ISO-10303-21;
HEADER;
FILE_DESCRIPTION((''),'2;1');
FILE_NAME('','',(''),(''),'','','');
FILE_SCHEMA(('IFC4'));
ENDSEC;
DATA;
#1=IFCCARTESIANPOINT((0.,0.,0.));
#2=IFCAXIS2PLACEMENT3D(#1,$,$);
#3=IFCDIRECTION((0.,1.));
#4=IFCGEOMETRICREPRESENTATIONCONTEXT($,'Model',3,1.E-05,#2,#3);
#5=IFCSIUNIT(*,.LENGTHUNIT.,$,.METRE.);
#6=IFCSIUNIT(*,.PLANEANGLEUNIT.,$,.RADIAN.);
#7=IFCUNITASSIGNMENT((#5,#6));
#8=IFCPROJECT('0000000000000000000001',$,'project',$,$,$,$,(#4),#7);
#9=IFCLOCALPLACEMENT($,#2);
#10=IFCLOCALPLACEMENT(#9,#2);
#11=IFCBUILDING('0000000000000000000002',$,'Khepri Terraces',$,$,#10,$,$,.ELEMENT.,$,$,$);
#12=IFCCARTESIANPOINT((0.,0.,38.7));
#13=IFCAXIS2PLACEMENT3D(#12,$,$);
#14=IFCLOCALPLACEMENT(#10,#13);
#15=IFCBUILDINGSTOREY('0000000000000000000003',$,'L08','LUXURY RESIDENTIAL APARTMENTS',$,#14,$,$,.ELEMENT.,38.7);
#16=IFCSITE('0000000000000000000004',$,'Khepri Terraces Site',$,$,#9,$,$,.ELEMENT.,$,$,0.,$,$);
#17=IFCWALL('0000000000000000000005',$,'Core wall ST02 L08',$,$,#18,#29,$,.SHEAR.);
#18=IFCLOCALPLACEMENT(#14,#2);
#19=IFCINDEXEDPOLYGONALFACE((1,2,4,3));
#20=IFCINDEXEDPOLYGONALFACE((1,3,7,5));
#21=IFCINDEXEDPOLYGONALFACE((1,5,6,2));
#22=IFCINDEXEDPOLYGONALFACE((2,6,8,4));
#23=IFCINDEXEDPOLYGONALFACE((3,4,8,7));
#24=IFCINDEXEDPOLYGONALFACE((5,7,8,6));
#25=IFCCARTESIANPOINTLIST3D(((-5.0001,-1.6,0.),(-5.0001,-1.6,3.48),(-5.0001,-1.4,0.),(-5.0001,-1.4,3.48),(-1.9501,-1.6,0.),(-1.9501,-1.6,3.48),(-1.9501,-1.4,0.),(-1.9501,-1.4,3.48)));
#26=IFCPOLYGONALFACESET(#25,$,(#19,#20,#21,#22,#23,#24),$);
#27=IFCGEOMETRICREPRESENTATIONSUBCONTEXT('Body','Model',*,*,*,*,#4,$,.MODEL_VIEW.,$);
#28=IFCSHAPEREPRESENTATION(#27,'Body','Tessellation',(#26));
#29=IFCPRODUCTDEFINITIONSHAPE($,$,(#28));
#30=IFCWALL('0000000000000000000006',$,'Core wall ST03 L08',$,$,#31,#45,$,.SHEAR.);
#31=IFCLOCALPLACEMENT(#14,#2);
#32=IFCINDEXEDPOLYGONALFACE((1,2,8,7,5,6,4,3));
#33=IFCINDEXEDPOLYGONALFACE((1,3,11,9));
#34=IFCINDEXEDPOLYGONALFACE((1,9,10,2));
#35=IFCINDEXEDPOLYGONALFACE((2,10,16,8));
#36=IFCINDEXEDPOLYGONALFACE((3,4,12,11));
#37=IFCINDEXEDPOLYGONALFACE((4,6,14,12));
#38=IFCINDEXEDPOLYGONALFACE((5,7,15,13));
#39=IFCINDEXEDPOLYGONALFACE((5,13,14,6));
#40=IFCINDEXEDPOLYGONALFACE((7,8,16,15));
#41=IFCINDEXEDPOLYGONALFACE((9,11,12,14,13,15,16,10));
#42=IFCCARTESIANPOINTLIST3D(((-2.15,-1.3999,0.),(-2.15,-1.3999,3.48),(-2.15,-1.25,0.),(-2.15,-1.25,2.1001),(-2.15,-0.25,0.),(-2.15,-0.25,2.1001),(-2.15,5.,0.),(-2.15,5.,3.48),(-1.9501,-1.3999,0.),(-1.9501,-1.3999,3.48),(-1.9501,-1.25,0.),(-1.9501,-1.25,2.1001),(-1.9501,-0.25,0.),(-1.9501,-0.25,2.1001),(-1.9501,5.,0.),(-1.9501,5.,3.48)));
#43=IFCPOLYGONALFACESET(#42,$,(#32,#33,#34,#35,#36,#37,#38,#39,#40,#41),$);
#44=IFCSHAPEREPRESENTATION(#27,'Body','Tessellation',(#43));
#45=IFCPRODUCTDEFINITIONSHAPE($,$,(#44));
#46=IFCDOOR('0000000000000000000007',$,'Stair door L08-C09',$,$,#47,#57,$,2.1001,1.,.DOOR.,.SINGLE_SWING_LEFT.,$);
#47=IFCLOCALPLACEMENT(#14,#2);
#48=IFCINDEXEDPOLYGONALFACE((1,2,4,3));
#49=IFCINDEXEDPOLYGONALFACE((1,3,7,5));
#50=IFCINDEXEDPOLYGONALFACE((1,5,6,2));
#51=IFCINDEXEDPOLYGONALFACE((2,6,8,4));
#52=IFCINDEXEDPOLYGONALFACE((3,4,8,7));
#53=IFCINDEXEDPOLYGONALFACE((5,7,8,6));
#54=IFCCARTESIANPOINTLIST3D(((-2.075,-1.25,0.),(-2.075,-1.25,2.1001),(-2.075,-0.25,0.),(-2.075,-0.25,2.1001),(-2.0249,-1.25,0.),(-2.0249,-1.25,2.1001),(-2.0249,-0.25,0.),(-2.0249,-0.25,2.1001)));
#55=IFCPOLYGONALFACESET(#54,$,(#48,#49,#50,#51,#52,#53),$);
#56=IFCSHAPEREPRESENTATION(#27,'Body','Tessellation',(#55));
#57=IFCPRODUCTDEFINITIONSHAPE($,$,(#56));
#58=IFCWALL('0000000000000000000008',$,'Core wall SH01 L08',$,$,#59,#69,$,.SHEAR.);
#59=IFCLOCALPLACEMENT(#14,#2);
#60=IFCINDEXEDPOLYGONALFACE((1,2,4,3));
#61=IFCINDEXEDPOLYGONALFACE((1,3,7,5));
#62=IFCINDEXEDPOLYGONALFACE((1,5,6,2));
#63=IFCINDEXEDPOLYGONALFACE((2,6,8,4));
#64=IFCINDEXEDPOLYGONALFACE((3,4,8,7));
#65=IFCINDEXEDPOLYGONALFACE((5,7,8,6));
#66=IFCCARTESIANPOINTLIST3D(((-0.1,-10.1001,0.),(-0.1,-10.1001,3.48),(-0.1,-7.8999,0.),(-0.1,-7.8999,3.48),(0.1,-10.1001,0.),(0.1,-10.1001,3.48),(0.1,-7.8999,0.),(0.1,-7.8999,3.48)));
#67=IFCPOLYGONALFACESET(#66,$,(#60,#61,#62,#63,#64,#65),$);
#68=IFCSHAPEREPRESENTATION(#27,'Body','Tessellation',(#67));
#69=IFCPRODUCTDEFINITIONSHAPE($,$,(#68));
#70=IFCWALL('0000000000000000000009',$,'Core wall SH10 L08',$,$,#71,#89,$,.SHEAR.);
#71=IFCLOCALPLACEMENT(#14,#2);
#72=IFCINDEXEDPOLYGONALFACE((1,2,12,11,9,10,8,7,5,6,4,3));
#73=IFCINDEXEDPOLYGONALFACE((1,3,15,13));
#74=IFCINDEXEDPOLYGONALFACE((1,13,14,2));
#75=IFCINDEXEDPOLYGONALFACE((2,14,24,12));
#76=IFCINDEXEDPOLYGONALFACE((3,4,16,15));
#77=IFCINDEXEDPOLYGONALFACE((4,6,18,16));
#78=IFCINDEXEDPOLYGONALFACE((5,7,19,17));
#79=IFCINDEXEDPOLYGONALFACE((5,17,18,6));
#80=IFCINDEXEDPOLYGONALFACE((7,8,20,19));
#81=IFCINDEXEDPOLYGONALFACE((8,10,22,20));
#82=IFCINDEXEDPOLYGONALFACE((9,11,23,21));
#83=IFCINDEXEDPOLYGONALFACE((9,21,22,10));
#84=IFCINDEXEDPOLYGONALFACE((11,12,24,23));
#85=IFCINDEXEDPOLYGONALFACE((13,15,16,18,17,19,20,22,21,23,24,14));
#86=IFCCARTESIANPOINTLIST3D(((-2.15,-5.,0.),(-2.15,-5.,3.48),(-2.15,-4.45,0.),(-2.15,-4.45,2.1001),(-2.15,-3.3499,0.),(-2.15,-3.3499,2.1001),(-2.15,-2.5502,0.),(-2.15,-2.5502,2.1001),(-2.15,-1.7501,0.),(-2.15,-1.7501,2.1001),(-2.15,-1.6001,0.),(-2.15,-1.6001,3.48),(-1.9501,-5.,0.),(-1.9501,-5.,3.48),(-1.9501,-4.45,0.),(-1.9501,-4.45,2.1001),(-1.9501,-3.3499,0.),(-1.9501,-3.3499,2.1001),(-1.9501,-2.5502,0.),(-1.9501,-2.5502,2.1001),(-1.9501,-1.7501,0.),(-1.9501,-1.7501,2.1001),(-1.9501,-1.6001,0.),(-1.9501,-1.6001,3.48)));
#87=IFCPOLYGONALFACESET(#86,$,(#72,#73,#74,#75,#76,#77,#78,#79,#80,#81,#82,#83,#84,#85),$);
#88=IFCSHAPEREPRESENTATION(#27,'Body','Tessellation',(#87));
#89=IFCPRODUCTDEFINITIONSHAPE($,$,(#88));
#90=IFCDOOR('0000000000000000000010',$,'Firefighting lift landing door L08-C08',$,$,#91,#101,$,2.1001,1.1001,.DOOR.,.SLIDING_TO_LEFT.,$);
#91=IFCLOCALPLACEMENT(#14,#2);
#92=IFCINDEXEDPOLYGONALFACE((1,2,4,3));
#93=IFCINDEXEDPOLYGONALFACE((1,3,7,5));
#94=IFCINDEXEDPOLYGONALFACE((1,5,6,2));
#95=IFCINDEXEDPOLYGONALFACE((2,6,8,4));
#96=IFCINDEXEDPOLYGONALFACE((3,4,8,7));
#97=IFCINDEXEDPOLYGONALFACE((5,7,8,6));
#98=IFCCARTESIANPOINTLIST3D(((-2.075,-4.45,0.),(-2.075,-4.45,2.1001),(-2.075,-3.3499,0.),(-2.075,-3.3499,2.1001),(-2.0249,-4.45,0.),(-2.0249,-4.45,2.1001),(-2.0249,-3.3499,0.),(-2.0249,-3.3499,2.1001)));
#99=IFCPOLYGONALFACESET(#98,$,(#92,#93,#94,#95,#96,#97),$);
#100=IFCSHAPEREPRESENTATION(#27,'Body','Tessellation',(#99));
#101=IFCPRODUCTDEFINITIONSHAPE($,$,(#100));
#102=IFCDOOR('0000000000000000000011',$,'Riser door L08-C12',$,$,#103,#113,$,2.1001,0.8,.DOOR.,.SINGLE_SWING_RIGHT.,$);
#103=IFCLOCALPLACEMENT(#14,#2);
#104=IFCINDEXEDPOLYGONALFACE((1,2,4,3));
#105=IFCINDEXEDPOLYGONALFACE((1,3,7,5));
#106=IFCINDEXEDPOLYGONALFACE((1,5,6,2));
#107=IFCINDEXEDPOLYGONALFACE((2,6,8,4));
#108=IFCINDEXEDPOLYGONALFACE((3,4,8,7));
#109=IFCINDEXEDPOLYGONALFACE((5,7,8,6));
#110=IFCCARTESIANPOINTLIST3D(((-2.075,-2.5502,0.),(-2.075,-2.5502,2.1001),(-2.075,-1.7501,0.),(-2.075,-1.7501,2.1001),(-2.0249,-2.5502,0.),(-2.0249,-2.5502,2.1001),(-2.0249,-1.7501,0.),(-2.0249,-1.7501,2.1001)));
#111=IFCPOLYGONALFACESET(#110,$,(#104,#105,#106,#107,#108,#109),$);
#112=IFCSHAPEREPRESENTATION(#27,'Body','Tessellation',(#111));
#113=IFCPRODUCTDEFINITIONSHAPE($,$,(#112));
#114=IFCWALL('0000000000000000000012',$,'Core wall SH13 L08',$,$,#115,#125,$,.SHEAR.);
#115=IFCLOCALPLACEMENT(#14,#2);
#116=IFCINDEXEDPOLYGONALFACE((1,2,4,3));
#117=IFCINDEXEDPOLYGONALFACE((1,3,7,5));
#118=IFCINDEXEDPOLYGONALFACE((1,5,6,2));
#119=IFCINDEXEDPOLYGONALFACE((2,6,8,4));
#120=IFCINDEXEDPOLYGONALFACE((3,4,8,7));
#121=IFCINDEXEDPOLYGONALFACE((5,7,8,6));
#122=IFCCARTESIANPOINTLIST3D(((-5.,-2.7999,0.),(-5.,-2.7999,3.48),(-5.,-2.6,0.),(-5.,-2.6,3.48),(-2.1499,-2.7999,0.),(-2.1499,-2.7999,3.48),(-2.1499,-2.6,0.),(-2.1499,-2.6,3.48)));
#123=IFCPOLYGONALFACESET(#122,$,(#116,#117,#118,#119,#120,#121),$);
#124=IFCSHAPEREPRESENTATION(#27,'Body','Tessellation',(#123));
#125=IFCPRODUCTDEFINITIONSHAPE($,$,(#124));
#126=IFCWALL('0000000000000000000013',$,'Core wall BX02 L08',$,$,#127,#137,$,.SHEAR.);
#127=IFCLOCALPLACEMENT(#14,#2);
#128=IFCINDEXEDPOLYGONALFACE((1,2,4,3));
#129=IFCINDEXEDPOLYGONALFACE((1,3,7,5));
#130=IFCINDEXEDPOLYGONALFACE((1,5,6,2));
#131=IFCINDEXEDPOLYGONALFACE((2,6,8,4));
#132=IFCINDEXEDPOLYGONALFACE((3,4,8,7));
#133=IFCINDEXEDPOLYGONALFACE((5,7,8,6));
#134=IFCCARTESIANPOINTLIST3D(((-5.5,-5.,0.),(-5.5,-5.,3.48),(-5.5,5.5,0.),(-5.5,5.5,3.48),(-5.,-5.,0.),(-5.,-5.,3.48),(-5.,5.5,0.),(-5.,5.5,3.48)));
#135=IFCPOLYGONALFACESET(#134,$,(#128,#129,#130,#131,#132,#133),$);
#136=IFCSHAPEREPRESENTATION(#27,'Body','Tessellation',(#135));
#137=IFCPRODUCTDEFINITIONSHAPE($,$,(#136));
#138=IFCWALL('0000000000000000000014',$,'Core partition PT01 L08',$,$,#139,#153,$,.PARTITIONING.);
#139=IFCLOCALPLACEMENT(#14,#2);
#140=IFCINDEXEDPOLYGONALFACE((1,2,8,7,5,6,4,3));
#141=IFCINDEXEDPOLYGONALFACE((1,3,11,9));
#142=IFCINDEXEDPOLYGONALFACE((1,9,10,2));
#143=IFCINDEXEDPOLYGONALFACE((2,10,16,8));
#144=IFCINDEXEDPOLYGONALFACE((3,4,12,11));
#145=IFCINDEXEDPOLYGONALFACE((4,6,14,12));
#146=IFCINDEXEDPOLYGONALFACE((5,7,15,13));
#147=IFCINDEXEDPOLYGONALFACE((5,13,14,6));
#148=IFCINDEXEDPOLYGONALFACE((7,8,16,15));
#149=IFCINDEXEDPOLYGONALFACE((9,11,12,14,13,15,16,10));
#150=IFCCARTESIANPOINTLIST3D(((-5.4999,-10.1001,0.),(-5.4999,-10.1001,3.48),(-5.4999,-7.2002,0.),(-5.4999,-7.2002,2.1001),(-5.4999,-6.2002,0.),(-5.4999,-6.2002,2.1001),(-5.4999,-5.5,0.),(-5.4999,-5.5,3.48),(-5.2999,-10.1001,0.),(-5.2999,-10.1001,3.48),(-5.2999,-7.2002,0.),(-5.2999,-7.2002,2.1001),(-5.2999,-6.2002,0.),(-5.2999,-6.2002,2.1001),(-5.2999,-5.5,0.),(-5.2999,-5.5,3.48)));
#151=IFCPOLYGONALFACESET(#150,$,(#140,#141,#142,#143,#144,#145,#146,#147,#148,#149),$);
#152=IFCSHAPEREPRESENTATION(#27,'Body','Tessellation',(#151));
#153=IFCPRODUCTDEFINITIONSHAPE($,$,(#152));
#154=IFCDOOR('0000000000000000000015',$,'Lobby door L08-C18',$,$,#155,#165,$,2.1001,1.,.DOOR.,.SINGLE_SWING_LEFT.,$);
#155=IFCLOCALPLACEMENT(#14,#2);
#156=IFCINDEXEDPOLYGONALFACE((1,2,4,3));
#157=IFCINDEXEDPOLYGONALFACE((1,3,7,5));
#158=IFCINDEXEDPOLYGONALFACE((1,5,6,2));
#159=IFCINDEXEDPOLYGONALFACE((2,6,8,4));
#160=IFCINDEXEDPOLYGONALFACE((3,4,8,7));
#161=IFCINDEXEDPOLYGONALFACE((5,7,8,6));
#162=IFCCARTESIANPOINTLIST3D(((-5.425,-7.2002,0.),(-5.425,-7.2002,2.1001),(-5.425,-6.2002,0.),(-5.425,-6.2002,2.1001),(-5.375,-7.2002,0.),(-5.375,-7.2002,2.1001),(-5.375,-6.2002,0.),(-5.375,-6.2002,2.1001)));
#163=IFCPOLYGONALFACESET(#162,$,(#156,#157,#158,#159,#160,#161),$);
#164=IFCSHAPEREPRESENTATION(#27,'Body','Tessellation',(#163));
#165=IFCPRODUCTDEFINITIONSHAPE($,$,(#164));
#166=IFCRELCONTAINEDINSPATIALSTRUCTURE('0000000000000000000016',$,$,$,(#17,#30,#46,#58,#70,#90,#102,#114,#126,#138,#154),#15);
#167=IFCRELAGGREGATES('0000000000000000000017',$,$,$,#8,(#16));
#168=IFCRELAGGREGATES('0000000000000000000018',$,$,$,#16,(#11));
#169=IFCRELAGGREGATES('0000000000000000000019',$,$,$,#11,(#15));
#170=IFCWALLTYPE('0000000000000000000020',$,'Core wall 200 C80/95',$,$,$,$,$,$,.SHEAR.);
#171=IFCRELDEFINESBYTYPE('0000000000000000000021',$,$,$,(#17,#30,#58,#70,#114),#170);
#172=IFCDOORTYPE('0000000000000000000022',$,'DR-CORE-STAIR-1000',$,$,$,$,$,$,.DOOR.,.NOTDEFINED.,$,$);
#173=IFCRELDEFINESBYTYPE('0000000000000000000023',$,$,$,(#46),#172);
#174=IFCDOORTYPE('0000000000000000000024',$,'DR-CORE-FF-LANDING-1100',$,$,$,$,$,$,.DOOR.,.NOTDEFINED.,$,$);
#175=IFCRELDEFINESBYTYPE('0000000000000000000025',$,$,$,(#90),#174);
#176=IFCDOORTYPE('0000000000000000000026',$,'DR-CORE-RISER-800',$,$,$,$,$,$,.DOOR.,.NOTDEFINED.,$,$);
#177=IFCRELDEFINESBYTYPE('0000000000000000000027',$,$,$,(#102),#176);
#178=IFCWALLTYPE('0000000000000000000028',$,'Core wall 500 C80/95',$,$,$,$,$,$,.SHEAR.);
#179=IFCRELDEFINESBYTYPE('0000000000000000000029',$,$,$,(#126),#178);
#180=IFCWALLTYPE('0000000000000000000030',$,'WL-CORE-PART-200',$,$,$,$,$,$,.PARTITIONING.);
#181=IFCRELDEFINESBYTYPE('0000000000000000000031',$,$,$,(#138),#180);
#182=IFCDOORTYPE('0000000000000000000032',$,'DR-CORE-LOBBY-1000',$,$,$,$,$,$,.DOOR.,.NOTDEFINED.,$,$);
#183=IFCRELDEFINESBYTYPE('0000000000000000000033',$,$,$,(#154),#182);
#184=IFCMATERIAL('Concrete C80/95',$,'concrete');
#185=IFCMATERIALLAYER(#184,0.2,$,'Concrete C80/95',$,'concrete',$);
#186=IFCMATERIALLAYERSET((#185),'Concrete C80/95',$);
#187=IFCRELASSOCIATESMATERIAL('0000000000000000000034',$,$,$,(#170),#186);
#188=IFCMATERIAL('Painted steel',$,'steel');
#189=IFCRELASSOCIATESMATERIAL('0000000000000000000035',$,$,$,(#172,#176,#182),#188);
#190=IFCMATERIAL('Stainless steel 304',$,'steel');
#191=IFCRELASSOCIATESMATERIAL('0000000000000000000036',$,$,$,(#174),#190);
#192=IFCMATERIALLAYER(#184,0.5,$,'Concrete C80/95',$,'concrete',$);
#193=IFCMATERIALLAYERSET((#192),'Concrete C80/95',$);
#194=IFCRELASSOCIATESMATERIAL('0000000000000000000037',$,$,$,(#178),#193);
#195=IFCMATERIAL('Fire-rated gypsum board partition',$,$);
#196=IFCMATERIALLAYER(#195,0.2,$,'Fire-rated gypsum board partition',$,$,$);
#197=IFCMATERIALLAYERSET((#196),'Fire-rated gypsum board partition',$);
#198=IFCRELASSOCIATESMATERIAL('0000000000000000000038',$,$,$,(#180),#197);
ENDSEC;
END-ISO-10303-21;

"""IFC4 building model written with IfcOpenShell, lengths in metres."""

from ifc_helpers import new_model, si_unit, direction, frame, frame_2d, origin, place, context, subcontext, project, spatial, rectangle, extrude, material, layer, layer_set, type_object, element, fill, save


model = new_model("IFC4")

# Units and contexts
model_context = context("Model", 3, precision=1e-05, world=origin(), true_north=direction((0.0, 1.0)))
body_context = subcontext(model_context, "Body", "Model", "MODEL_VIEW")
ifc_project = project(units=[si_unit("LENGTHUNIT", "METRE"), si_unit("PLANEANGLEUNIT", "RADIAN")], contexts=[model_context])

# Site, building, storey
site_placement = place(None, origin())
site = spatial("IfcSite", under=ifc_project, at=site_placement, Name="Khepri Terraces Site", CompositionType="ELEMENT", RefElevation=0.0)
building_placement = place(site_placement, origin())
building = spatial("IfcBuilding", under=site, at=building_placement, Name="Khepri Terraces", CompositionType="ELEMENT")
storey_placement = place(building_placement, frame((0.0, 0.0, 38.7)))
storey = spatial("IfcBuildingStorey", under=building, at=storey_placement, Name="L08", Description="LUXURY RESIDENTIAL APARTMENTS", CompositionType="ELEMENT", Elevation=38.7)

# Wall
ifc_material_1 = material(Name="Concrete C80/95", Category="concrete")
ifc_layer_1 = layer(ifc_material_1, 0.2, Name="Concrete C80/95", Category="concrete")
ifc_layer_set_1 = layer_set([ifc_layer_1], Name="Concrete C80/95")
wall_type_1 = type_object("IfcWallType", Name="Core wall 200 C80/95", PredefinedType="SHEAR", material=ifc_layer_set_1)
wall_1_placement = place(storey_placement, frame((-5.0, -1.5, 0.0), z_axis=(0.0, 0.0, 1.0), x_axis=(1.0, 0.0, 0.0)))
element("IfcWall", 1, at=wall_1_placement, inside=storey, type_object=wall_type_1, Name="Core wall ST02 L08", PredefinedType="SHEAR", context=body_context, shape_type="SweptSolid", body=[
    extrude(rectangle(XDim=3.05, YDim=0.2, at=frame_2d((1.5249, 0.0))), origin(), (0.0, 0.0, 1.0), 3.48),
])

# Wall, opening, door
wall_2_placement = place(storey_placement, frame((-2.05, -1.3999, 0.0), z_axis=(0.0, 0.0, 1.0), x_axis=(0.0, 1.0, 0.0)))
wall_2 = element("IfcWall", 2, at=wall_2_placement, inside=storey, type_object=wall_type_1, Name="Core wall ST03 L08", PredefinedType="SHEAR", context=body_context, shape_type="SweptSolid", body=[
    extrude(rectangle(XDim=6.3999, YDim=0.2, at=frame_2d((3.2, 0.0))), origin(), (0.0, 0.0, 1.0), 3.48),
])
opening_1_placement = place(wall_2_placement, frame((0.1499, 0.0, 0.0)))
opening_1 = element("IfcOpeningElement", 3, at=opening_1_placement, cuts=wall_2, PredefinedType="OPENING", context=body_context, shape_type="SweptSolid", body=[
    extrude(rectangle(XDim=1.0, YDim=2.1001, at=frame_2d((0.5, 1.05))), frame((0.0, 0.1099, 0.0), z_axis=(0.0, -1.0, 0.0), x_axis=(1.0, 0.0, 0.0)), (0.0, 0.0, 1.0), 0.22),
])
ifc_material_2 = material(Name="Painted steel", Category="steel")
door_type_1 = type_object("IfcDoorType", Name="DR-CORE-STAIR-1000", OperationType="NOTDEFINED", PredefinedType="DOOR", material=ifc_material_2)
door_1_placement = place(opening_1_placement, origin())
door_1 = element("IfcDoor", 4, at=door_1_placement, inside=storey, type_object=door_type_1, Name="Stair door L08-C09", OperationType="SINGLE_SWING_LEFT", OverallHeight=2.1001, OverallWidth=1.0, PredefinedType="DOOR", context=body_context, shape_type="SweptSolid", body=[
    extrude(rectangle(XDim=1.0, YDim=2.1001, at=frame_2d((0.5, 1.05))), frame((0.0, 0.0249, 0.0), z_axis=(0.0, -1.0, 0.0), x_axis=(1.0, 0.0, 0.0)), (0.0, 0.0, 1.0), 0.05),
])
fill(opening_1, door_1)

# Wall
wall_3_placement = place(storey_placement, frame((0.0, -10.1001, 0.0), z_axis=(0.0, 0.0, 1.0), x_axis=(0.0, 1.0, 0.0)))
element("IfcWall", 5, at=wall_3_placement, inside=storey, type_object=wall_type_1, Name="Core wall SH01 L08", PredefinedType="SHEAR", context=body_context, shape_type="SweptSolid", body=[
    extrude(rectangle(XDim=2.2002, YDim=0.2, at=frame_2d((1.1001, 0.0))), origin(), (0.0, 0.0, 1.0), 3.48),
])

# Wall, openings, doors
wall_4_placement = place(storey_placement, frame((-2.05, -5.0, 0.0), z_axis=(0.0, 0.0, 1.0), x_axis=(0.0, 1.0, 0.0)))
wall_4 = element("IfcWall", 6, at=wall_4_placement, inside=storey, type_object=wall_type_1, Name="Core wall SH10 L08", PredefinedType="SHEAR", context=body_context, shape_type="SweptSolid", body=[
    extrude(rectangle(XDim=3.3999, YDim=0.2, at=frame_2d((1.7, 0.0))), origin(), (0.0, 0.0, 1.0), 3.48),
])
opening_2_placement = place(wall_4_placement, frame((0.55, 0.0, 0.0)))
opening_2 = element("IfcOpeningElement", 7, at=opening_2_placement, cuts=wall_4, PredefinedType="OPENING", context=body_context, shape_type="SweptSolid", body=[
    extrude(rectangle(XDim=1.1001, YDim=2.1001, at=frame_2d((0.55, 1.05))), frame((0.0, 0.1099, 0.0), z_axis=(0.0, -1.0, 0.0), x_axis=(1.0, 0.0, 0.0)), (0.0, 0.0, 1.0), 0.22),
])
opening_3_placement = place(wall_4_placement, frame((2.45, 0.0, 0.0)))
opening_3 = element("IfcOpeningElement", 8, at=opening_3_placement, cuts=wall_4, PredefinedType="OPENING", context=body_context, shape_type="SweptSolid", body=[
    extrude(rectangle(XDim=0.8, YDim=2.1001, at=frame_2d((0.3999, 1.05))), frame((0.0, 0.1099, 0.0), z_axis=(0.0, -1.0, 0.0), x_axis=(1.0, 0.0, 0.0)), (0.0, 0.0, 1.0), 0.22),
])
ifc_material_3 = material(Name="Stainless steel 304", Category="steel")
door_type_2 = type_object("IfcDoorType", Name="DR-CORE-FF-LANDING-1100", OperationType="NOTDEFINED", PredefinedType="DOOR", material=ifc_material_3)
door_2_placement = place(opening_2_placement, origin())
door_2 = element("IfcDoor", 9, at=door_2_placement, inside=storey, type_object=door_type_2, Name="Firefighting lift landing door L08-C08", OperationType="SLIDING_TO_LEFT", OverallHeight=2.1001, OverallWidth=1.1001, PredefinedType="DOOR", context=body_context, shape_type="SweptSolid", body=[
    extrude(rectangle(XDim=1.1001, YDim=2.1001, at=frame_2d((0.55, 1.05))), frame((0.0, 0.0249, 0.0), z_axis=(0.0, -1.0, 0.0), x_axis=(1.0, 0.0, 0.0)), (0.0, 0.0, 1.0), 0.05),
])
fill(opening_2, door_2)
door_type_3 = type_object("IfcDoorType", Name="DR-CORE-RISER-800", OperationType="NOTDEFINED", PredefinedType="DOOR", material=ifc_material_2)
door_3_placement = place(opening_3_placement, origin())
door_3 = element("IfcDoor", 10, at=door_3_placement, inside=storey, type_object=door_type_3, Name="Riser door L08-C12", OperationType="SINGLE_SWING_RIGHT", OverallHeight=2.1001, OverallWidth=0.8, PredefinedType="DOOR", context=body_context, shape_type="SweptSolid", body=[
    extrude(rectangle(XDim=0.8, YDim=2.1001, at=frame_2d((0.3999, 1.05))), frame((0.0, 0.0249, 0.0), z_axis=(0.0, -1.0, 0.0), x_axis=(1.0, 0.0, 0.0)), (0.0, 0.0, 1.0), 0.05),
])
fill(opening_3, door_3)

# Walls
wall_5_placement = place(storey_placement, frame((-5.0, -2.7, 0.0), z_axis=(0.0, 0.0, 1.0), x_axis=(1.0, 0.0, 0.0)))
element("IfcWall", 11, at=wall_5_placement, inside=storey, type_object=wall_type_1, Name="Core wall SH13 L08", PredefinedType="SHEAR", context=body_context, shape_type="SweptSolid", body=[
    extrude(rectangle(XDim=2.8501, YDim=0.2, at=frame_2d((1.425, 0.0))), origin(), (0.0, 0.0, 1.0), 3.48),
])
ifc_layer_2 = layer(ifc_material_1, 0.5, Name="Concrete C80/95", Category="concrete")
ifc_layer_set_2 = layer_set([ifc_layer_2], Name="Concrete C80/95")
wall_type_2 = type_object("IfcWallType", Name="Core wall 500 C80/95", PredefinedType="SHEAR", material=ifc_layer_set_2)
wall_6_placement = place(storey_placement, frame((-5.25, -5.0, 0.0), z_axis=(0.0, 0.0, 1.0), x_axis=(0.0, 1.0, 0.0)))
element("IfcWall", 12, at=wall_6_placement, inside=storey, type_object=wall_type_2, Name="Core wall BX02 L08", PredefinedType="SHEAR", context=body_context, shape_type="SweptSolid", body=[
    extrude(rectangle(XDim=10.5, YDim=0.5, at=frame_2d((5.25, 0.0))), origin(), (0.0, 0.0, 1.0), 3.48),
])

# Wall, opening, door
ifc_material_4 = material(Name="Fire-rated gypsum board partition")
ifc_layer_3 = layer(ifc_material_4, 0.2, Name="Fire-rated gypsum board partition")
ifc_layer_set_3 = layer_set([ifc_layer_3], Name="Fire-rated gypsum board partition")
wall_type_3 = type_object("IfcWallType", Name="WL-CORE-PART-200", PredefinedType="PARTITIONING", material=ifc_layer_set_3)
wall_7_placement = place(storey_placement, frame((-5.3999, -10.1001, 0.0), z_axis=(0.0, 0.0, 1.0), x_axis=(0.0, 1.0, 0.0)))
wall_7 = element("IfcWall", 13, at=wall_7_placement, inside=storey, type_object=wall_type_3, Name="Core partition PT01 L08", PredefinedType="PARTITIONING", context=body_context, shape_type="SweptSolid", body=[
    extrude(rectangle(XDim=4.6001, YDim=0.2, at=frame_2d((2.3, 0.0))), origin(), (0.0, 0.0, 1.0), 3.48),
])
opening_4_placement = place(wall_7_placement, frame((2.8999, 0.0, 0.0)))
opening_4 = element("IfcOpeningElement", 14, at=opening_4_placement, cuts=wall_7, PredefinedType="OPENING", context=body_context, shape_type="SweptSolid", body=[
    extrude(rectangle(XDim=1.0, YDim=2.1001, at=frame_2d((0.5, 1.05))), frame((0.0, 0.1099, 0.0), z_axis=(0.0, -1.0, 0.0), x_axis=(1.0, 0.0, 0.0)), (0.0, 0.0, 1.0), 0.22),
])
door_type_4 = type_object("IfcDoorType", Name="DR-CORE-LOBBY-1000", OperationType="NOTDEFINED", PredefinedType="DOOR", material=ifc_material_2)
door_4_placement = place(opening_4_placement, frame((1.0, 0.0, 0.0), z_axis=(0.0, 0.0, 1.0), x_axis=(-1.0, 0.0, 0.0)))
door_4 = element("IfcDoor", 15, at=door_4_placement, inside=storey, type_object=door_type_4, Name="Lobby door L08-C18", OperationType="SINGLE_SWING_LEFT", OverallHeight=2.1001, OverallWidth=1.0, PredefinedType="DOOR", context=body_context, shape_type="SweptSolid", body=[
    extrude(rectangle(XDim=1.0, YDim=2.1001, at=frame_2d((0.5, 1.05))), frame((0.0, 0.0249, 0.0), z_axis=(0.0, -1.0, 0.0), x_axis=(1.0, 0.0, 0.0)), (0.0, 0.0, 1.0), 0.05),
])
fill(opening_4, door_4)

save(model, "model.ifc")
